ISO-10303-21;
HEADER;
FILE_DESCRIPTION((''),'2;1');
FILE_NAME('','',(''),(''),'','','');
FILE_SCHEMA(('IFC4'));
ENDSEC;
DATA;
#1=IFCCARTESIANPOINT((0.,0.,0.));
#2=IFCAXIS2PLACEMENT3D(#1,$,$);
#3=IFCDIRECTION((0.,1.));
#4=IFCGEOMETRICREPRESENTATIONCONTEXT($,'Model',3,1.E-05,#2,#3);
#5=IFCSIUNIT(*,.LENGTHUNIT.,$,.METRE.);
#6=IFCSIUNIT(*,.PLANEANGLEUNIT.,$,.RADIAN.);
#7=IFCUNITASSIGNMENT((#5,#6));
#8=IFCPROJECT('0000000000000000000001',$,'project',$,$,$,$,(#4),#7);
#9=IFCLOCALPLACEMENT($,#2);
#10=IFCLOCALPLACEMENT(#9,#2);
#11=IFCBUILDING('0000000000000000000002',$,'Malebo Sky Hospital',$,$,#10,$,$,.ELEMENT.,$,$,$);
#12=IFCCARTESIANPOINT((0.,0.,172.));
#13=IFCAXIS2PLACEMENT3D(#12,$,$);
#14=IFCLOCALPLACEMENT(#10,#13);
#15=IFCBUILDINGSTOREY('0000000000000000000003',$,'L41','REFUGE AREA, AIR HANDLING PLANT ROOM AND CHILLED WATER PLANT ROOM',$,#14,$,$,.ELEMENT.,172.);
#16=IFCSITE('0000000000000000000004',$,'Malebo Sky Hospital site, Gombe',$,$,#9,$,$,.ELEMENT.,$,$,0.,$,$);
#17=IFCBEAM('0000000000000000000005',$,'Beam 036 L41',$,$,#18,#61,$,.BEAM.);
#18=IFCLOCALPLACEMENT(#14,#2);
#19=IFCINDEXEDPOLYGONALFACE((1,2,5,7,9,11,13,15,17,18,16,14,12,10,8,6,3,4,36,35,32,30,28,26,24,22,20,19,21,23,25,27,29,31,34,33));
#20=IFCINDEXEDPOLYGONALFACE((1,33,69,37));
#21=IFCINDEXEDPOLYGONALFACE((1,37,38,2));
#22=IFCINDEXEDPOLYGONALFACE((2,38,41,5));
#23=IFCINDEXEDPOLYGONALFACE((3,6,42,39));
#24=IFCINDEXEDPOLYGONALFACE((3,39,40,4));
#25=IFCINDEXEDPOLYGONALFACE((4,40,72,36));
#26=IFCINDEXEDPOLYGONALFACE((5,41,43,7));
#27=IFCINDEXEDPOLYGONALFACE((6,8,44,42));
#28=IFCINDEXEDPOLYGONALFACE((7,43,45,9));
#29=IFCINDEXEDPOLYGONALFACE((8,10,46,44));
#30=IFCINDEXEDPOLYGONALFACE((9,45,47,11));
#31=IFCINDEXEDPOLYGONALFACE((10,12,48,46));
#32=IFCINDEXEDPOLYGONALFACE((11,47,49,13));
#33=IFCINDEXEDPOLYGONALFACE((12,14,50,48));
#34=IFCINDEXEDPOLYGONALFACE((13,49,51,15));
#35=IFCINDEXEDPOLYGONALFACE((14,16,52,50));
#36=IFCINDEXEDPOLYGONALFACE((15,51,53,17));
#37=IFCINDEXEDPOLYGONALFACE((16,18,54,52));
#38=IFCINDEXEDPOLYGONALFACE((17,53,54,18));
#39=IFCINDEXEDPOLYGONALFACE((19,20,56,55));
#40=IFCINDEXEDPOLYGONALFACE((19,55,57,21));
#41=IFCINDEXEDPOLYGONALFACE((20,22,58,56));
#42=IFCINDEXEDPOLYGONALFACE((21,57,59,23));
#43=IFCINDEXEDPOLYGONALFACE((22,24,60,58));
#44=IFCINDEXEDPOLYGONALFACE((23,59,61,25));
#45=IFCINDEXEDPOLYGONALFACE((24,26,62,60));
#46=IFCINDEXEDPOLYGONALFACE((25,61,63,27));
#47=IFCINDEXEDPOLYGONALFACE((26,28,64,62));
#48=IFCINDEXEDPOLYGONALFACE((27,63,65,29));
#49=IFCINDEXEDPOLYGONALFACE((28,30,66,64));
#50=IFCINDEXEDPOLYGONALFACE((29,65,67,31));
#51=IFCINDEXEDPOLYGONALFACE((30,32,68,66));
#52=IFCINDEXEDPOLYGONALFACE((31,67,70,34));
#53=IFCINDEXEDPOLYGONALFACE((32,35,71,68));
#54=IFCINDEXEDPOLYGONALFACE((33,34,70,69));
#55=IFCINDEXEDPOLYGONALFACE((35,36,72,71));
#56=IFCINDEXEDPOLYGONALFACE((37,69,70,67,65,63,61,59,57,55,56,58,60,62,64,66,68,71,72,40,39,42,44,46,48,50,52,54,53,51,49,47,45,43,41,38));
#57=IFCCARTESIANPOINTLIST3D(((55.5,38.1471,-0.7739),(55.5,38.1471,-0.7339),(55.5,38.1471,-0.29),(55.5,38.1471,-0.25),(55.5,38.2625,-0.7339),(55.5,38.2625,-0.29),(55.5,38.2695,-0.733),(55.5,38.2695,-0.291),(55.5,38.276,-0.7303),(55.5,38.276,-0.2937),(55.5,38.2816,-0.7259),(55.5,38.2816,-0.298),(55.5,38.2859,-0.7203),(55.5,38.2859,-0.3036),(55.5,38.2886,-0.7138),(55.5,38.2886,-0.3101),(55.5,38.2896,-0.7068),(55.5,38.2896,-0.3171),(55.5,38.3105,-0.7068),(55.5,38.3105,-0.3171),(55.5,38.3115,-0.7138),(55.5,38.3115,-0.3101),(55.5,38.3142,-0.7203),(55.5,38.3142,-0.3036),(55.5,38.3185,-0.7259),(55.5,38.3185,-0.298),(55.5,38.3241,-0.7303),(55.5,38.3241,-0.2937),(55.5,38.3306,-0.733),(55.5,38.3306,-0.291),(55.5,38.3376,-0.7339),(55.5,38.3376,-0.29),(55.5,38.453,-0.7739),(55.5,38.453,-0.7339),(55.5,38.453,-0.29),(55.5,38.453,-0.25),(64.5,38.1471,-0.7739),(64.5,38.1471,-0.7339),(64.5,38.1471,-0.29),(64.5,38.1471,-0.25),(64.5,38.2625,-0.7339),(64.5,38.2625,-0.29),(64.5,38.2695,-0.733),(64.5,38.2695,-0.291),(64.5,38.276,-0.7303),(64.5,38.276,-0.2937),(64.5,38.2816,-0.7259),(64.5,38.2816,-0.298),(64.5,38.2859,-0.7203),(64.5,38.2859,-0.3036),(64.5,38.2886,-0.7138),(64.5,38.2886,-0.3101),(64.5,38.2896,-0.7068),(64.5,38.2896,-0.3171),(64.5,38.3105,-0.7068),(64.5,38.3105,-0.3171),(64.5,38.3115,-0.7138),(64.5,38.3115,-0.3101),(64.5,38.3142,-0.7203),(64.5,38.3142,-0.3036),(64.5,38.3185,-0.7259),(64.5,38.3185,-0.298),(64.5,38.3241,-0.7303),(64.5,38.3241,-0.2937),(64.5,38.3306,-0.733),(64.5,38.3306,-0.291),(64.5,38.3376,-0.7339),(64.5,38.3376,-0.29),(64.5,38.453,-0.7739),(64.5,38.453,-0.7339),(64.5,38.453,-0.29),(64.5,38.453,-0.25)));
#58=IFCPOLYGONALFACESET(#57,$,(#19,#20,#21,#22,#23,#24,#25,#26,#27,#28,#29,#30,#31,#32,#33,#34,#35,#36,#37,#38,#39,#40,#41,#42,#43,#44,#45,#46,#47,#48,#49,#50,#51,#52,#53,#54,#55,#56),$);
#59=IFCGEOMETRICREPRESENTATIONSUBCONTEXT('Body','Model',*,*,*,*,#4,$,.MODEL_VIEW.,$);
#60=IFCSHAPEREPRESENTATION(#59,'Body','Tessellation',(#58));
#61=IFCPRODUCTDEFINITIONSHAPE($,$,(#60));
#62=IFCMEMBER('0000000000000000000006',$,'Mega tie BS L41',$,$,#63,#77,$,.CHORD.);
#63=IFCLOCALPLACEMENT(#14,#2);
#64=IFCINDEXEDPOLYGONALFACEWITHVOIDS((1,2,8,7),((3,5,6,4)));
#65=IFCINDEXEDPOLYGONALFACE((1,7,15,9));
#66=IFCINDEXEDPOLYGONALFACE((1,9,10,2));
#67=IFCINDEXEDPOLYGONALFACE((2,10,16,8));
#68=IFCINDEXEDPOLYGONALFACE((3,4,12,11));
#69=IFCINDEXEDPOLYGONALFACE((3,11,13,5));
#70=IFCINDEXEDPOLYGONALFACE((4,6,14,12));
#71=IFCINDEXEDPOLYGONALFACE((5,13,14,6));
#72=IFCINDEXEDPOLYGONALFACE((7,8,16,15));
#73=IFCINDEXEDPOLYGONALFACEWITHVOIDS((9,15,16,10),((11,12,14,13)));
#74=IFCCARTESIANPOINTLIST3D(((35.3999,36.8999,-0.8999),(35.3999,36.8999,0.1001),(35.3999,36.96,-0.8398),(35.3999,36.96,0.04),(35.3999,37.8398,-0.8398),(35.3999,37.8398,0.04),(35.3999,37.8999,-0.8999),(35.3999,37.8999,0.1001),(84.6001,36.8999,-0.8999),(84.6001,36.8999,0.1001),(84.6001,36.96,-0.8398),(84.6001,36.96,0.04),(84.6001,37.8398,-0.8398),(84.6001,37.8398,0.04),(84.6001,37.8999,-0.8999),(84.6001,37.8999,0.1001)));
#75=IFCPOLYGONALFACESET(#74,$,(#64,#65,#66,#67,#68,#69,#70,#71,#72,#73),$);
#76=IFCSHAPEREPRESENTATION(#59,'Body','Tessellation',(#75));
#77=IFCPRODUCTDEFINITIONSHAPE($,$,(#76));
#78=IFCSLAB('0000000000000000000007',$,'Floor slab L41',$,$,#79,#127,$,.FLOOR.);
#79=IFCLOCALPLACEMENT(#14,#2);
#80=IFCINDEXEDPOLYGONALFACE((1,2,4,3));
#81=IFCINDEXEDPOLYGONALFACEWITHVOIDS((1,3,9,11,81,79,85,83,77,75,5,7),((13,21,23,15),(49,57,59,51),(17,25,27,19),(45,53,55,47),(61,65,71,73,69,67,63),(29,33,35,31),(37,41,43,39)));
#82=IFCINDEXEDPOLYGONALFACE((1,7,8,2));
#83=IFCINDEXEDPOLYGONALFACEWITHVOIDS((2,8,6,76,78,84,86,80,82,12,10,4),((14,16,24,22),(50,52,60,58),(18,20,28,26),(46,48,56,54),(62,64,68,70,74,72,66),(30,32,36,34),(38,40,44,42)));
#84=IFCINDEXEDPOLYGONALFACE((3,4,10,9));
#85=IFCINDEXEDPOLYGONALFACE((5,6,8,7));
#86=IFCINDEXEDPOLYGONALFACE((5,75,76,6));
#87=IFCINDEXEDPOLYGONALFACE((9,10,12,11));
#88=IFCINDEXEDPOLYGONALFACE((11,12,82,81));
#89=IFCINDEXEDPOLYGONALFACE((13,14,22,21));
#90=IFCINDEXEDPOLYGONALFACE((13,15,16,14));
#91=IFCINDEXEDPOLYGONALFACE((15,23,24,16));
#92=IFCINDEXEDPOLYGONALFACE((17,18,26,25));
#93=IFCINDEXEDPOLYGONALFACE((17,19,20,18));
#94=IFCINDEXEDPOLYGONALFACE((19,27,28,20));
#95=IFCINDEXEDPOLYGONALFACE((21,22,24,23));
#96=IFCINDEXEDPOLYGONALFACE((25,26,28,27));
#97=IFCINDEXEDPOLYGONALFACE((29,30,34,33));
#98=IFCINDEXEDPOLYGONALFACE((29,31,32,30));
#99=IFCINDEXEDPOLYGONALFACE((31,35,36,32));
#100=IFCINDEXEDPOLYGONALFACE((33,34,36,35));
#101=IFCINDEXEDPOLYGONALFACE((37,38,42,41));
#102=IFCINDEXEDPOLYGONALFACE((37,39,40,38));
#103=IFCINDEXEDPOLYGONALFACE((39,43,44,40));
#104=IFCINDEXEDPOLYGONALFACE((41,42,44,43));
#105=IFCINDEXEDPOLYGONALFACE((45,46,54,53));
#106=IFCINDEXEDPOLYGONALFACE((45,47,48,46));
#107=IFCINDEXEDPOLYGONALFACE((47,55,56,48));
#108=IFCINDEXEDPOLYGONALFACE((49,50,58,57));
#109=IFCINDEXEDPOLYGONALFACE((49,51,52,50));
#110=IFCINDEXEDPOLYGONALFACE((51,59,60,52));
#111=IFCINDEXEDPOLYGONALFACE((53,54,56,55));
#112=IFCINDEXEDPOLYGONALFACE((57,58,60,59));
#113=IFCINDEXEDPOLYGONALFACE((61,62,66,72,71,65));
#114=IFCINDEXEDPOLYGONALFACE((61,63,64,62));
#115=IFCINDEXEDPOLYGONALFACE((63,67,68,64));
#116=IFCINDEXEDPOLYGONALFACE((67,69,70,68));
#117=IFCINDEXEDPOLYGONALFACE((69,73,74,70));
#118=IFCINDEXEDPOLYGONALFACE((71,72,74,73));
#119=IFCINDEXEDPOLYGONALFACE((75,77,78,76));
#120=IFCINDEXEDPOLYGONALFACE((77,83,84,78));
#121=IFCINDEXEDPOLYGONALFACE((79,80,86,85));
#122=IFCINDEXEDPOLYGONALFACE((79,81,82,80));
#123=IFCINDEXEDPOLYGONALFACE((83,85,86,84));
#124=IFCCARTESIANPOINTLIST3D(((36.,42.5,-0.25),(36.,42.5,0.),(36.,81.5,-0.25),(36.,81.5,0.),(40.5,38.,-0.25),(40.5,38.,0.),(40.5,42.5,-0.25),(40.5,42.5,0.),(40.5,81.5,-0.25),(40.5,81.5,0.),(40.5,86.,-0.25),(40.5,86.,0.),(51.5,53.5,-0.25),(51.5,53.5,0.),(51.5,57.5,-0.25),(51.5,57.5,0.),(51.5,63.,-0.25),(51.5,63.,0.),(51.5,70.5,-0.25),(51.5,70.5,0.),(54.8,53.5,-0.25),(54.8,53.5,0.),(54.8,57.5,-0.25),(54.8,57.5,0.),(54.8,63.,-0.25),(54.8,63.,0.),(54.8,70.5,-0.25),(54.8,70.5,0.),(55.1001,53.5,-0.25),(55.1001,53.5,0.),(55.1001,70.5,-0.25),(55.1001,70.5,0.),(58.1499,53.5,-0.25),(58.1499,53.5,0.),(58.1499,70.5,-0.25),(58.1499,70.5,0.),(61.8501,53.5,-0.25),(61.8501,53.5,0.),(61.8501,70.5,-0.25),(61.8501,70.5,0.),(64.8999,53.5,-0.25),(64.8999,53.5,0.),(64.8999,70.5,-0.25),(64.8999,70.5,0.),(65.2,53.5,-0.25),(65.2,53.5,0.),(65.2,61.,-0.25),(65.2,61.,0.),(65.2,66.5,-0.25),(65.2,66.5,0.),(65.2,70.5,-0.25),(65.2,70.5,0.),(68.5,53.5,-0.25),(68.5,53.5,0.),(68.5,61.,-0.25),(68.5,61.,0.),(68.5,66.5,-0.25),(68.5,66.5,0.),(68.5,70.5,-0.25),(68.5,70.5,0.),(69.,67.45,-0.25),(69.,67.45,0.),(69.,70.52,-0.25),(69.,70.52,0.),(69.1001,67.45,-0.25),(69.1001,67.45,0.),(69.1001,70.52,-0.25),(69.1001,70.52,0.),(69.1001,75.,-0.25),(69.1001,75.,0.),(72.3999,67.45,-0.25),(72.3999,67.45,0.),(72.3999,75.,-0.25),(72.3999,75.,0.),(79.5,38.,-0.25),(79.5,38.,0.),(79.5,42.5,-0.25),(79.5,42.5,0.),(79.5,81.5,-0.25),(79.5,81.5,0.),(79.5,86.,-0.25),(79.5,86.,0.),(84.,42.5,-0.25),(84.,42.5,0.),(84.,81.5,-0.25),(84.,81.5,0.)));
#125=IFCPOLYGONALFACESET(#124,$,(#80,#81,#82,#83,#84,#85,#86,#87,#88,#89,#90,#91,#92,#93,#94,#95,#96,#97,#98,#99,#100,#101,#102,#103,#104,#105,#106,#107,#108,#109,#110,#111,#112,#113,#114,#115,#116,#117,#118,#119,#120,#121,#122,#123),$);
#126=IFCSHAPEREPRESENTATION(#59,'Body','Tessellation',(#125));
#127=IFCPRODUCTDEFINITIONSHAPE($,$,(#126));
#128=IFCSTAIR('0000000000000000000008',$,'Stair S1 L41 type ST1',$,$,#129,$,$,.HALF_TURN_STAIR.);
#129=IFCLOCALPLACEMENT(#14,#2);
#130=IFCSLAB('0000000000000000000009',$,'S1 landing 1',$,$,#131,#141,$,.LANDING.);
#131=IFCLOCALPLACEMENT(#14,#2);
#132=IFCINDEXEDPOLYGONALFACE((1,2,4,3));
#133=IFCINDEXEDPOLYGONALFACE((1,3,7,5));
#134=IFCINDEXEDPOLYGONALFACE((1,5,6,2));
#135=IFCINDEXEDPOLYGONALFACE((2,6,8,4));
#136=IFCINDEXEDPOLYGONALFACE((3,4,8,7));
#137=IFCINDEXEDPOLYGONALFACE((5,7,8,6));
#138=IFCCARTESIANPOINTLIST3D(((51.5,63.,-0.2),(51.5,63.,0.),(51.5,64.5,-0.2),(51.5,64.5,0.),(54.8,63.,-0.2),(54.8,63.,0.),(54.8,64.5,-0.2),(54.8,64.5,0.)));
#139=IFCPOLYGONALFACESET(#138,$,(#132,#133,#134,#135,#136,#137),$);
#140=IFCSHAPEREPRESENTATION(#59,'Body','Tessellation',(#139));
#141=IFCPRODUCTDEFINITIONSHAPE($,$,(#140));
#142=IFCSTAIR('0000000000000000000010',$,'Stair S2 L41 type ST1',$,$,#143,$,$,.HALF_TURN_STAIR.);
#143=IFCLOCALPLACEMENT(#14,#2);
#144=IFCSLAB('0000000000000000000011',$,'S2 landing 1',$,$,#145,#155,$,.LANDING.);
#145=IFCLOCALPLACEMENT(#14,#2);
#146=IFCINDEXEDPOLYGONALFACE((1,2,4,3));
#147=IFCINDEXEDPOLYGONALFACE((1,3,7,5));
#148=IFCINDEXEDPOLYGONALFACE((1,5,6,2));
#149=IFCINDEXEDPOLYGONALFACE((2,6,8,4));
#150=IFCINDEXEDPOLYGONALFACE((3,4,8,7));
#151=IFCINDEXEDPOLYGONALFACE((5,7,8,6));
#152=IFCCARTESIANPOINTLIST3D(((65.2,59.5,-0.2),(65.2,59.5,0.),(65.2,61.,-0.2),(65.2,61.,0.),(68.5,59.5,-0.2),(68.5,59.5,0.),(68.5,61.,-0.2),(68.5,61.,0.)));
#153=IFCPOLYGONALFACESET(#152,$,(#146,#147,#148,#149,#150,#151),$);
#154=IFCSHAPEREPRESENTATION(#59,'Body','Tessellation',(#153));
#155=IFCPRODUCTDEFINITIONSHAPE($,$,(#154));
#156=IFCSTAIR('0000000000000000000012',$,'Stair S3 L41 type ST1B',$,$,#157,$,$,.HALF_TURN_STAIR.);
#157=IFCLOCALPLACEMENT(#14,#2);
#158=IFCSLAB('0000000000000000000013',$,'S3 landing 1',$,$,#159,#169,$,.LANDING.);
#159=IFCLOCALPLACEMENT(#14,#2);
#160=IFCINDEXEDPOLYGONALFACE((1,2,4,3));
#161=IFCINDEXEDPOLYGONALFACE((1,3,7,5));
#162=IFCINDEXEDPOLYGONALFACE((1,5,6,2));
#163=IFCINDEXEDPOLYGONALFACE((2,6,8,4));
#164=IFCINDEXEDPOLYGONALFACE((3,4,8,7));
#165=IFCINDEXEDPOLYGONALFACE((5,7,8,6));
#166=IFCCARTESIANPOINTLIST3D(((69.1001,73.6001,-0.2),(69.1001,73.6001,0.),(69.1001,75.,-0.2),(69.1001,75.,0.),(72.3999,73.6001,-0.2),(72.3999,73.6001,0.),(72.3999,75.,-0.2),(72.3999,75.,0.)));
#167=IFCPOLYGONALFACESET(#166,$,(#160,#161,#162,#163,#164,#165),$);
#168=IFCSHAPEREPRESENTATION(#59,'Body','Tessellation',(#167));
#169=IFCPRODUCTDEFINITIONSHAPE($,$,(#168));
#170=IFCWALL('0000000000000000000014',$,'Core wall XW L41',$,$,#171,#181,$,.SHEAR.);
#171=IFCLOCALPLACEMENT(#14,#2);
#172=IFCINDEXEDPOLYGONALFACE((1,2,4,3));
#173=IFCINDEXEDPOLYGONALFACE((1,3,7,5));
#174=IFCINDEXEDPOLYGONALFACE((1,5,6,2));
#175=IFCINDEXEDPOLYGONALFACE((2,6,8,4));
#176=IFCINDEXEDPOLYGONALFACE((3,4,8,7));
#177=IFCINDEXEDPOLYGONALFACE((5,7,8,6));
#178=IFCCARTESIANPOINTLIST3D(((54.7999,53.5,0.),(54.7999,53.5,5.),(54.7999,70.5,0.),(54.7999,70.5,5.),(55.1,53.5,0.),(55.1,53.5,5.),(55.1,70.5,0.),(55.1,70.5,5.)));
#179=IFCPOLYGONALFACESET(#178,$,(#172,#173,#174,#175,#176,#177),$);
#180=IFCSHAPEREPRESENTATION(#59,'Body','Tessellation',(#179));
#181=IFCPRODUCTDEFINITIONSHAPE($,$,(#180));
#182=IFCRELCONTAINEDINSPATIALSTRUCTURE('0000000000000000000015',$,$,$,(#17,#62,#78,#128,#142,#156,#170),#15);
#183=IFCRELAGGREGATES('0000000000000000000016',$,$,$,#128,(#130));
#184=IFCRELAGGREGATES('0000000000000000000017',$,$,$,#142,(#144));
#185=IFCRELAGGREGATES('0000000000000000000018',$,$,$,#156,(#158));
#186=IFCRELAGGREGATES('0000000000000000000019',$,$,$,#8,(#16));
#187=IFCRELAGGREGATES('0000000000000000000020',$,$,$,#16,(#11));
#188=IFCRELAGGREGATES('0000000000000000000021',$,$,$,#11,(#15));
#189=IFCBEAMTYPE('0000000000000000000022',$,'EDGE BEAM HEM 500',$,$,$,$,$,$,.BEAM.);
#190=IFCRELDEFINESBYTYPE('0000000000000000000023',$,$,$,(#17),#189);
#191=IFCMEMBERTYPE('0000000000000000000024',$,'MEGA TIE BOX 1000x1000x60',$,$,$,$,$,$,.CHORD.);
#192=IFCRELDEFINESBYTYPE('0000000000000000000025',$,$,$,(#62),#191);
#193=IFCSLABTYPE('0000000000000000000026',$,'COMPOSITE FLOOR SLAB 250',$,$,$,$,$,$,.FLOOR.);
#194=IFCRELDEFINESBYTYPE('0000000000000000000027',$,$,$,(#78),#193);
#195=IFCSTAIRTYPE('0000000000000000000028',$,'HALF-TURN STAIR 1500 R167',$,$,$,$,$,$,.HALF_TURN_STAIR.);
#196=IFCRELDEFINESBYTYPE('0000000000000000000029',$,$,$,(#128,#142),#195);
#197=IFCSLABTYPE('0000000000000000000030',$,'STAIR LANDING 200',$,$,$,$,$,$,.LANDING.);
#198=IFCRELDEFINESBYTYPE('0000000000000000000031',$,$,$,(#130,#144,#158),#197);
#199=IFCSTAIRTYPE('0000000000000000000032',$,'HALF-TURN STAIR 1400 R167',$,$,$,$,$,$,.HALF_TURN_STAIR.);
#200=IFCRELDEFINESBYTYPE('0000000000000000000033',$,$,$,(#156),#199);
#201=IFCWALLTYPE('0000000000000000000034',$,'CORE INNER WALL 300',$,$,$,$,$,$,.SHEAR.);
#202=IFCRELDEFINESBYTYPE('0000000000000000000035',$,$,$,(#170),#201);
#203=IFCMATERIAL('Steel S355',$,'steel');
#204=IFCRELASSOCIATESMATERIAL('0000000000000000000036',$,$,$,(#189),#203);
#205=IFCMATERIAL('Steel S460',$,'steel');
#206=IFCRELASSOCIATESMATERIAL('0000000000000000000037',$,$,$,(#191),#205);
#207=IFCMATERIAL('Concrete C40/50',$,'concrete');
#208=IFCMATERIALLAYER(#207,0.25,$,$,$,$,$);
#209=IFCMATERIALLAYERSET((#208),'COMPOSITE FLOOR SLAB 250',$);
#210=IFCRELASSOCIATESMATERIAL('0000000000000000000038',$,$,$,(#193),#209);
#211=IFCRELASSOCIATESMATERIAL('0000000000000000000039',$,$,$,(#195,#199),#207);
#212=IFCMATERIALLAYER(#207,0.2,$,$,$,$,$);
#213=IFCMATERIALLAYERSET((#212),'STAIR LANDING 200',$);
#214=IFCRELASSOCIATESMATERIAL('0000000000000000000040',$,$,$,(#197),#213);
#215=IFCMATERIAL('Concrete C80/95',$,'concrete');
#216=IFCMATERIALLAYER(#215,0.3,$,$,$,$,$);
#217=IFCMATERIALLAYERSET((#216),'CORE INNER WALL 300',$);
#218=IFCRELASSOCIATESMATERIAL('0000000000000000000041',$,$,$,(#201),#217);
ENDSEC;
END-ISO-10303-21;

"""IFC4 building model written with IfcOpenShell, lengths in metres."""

from ifc_helpers import new_model, si_unit, direction, frame, frame_2d, origin, origin_2d, place, context, subcontext, project, spatial, polyline, rectangle, hollow_rectangle, i_section, outline, extrude, material, layer, layer_set, material_profile, profile_set, type_object, element, aggregate, save


model = new_model("IFC4")

# Units and contexts
model_context = context("Model", 3, precision=1e-05, world=origin(), true_north=direction((0.0, 1.0)))
body_context = subcontext(model_context, "Body", "Model", "MODEL_VIEW")
ifc_project = project(units=[si_unit("LENGTHUNIT", "METRE"), si_unit("PLANEANGLEUNIT", "RADIAN")], contexts=[model_context])

# Site, building, storey
site_placement = place(None, origin())
site = spatial("IfcSite", under=ifc_project, at=site_placement, Name="Malebo Sky Hospital site, Gombe", CompositionType="ELEMENT", RefElevation=0.0)
building_placement = place(site_placement, origin())
building = spatial("IfcBuilding", under=site, at=building_placement, Name="Malebo Sky Hospital", CompositionType="ELEMENT")
storey_placement = place(building_placement, frame((0.0, 0.0, 172.0)))
storey = spatial("IfcBuildingStorey", under=building, at=storey_placement, Name="L41", Description="REFUGE AREA, AIR HANDLING PLANT ROOM AND CHILLED WATER PLANT ROOM", CompositionType="ELEMENT", Elevation=172.0)

# Shared definitions
ifc_material_1 = material(Name="Steel S460", Category="steel")

# Beam
ifc_material_2 = material(Name="Steel S355", Category="steel")
ifc_material_profile_1 = material_profile(ifc_material_2, i_section(OverallWidth=0.3059, OverallDepth=0.5239, WebThickness=0.021, FlangeThickness=0.04, FilletRadius=0.0271, at=origin_2d()), Name="HEM 500")
ifc_profile_set_1 = profile_set([ifc_material_profile_1], Name="Steel S355")
beam_type = type_object("IfcBeamType", Name="EDGE BEAM HEM 500", PredefinedType="BEAM", material=ifc_profile_set_1)
for number, where, z_axis, x_axis, name in (
    (1, (55.5, 38.3, -0.512), (1.0, 0.0, 0.0), (0.0, 1.0, 0.0), "Beam 036 L41"),
):
    element("IfcBeam", number, at=place(storey_placement, frame(where, z_axis=z_axis, x_axis=x_axis)), inside=storey, type_object=beam_type, Name=name, PredefinedType="BEAM", context=body_context, shape_type="SweptSolid", body=[
        extrude(i_section(OverallWidth=0.3059, OverallDepth=0.5239, WebThickness=0.021, FlangeThickness=0.04, FilletRadius=0.0271, at=origin_2d()), origin(), (0.0, 0.0, 1.0), 9.0),
    ])

# Member
ifc_material_profile_2 = material_profile(ifc_material_1, hollow_rectangle(XDim=1.0, YDim=1.0, WallThickness=0.0601, at=origin_2d()), Name="BOX 1000x1000x60")
ifc_profile_set_2 = profile_set([ifc_material_profile_2], Name="Steel S460")
member_type_1 = type_object("IfcMemberType", Name="MEGA TIE BOX 1000x1000x60", PredefinedType="CHORD", material=ifc_profile_set_2)
member_1_placement = place(storey_placement, frame((35.3999, 37.3999, -0.3999), z_axis=(1.0, 0.0, 0.0), x_axis=(0.0, 1.0, 0.0)))
element("IfcMember", 2, at=member_1_placement, inside=storey, type_object=member_type_1, Name="Mega tie BS L41", PredefinedType="CHORD", context=body_context, shape_type="SweptSolid", body=[
    extrude(hollow_rectangle(XDim=1.0, YDim=1.0, WallThickness=0.0601, at=origin_2d()), origin(), (0.0, 0.0, 1.0), 49.2002),
])

# Slab
ifc_material_3 = material(Name="Concrete C40/50", Category="concrete")
ifc_layer_1 = layer(ifc_material_3, 0.25)
ifc_layer_set_1 = layer_set([ifc_layer_1], Name="COMPOSITE FLOOR SLAB 250")
slab_type_1 = type_object("IfcSlabType", Name="COMPOSITE FLOOR SLAB 250", PredefinedType="FLOOR", material=ifc_layer_set_1)
slab_1_placement = place(storey_placement, frame((0.0, 0.0, -0.25)))
element("IfcSlab", 3, at=slab_1_placement, inside=storey, type_object=slab_type_1, Name="Floor slab L41", PredefinedType="FLOOR", context=body_context, shape_type="SweptSolid", body=[
    extrude(outline(polyline([(40.5, 86.0), (40.5, 81.5), (36.0, 81.5), (36.0, 42.5), (40.5, 42.5), (40.5, 38.0), (79.5, 38.0), (79.5, 42.5), (84.0, 42.5), (84.0, 81.5), (79.5, 81.5), (79.5, 86.0), (40.5, 86.0)]), holes=[polyline([(55.1001, 70.5), (58.1499, 70.5), (58.1499, 53.5), (55.1001, 53.5), (55.1001, 70.5)]), polyline([(64.8999, 70.5), (64.8999, 53.5), (61.8501, 53.5), (61.8501, 70.5), (64.8999, 70.5)]), polyline([(54.8, 63.0), (51.5, 63.0), (51.5, 70.5), (54.8, 70.5), (54.8, 63.0)]), polyline([(51.5, 53.5), (51.5, 57.5), (54.8, 57.5), (54.8, 53.5), (51.5, 53.5)]), polyline([(65.2, 61.0), (68.5, 61.0), (68.5, 53.5), (65.2, 53.5), (65.2, 61.0)]), polyline([(68.5, 70.5), (68.5, 66.5), (65.2, 66.5), (65.2, 70.5), (68.5, 70.5)]), polyline([(69.0, 67.45), (69.0, 70.52), (69.1001, 70.52), (69.1001, 75.0), (72.3999, 75.0), (72.3999, 67.45), (69.1001, 67.45), (69.0, 67.45)])]), origin(), (0.0, 0.0, 1.0), 0.25),
])

# Stairs, slabs
stair_type_1 = type_object("IfcStairType", Name="HALF-TURN STAIR 1500 R167", PredefinedType="HALF_TURN_STAIR", material=ifc_material_3)
stair_1_placement = place(storey_placement, origin())
stair_1 = element("IfcStair", 4, at=stair_1_placement, inside=storey, type_object=stair_type_1, Name="Stair S1 L41 type ST1", PredefinedType="HALF_TURN_STAIR")
ifc_layer_2 = layer(ifc_material_3, 0.2)
ifc_layer_set_2 = layer_set([ifc_layer_2], Name="STAIR LANDING 200")
slab_type_2 = type_object("IfcSlabType", Name="STAIR LANDING 200", PredefinedType="LANDING", material=ifc_layer_set_2)
slab_2_placement = place(storey_placement, frame((0.0, 0.0, -0.2)))
slab_2 = element("IfcSlab", 5, at=slab_2_placement, type_object=slab_type_2, Name="S1 landing 1", PredefinedType="LANDING", context=body_context, shape_type="SweptSolid", body=[
    extrude(outline(polyline([(51.5, 63.0), (54.8, 63.0), (54.8, 64.5), (51.5, 64.5), (51.5, 63.0)])), origin(), (0.0, 0.0, 1.0), 0.2),
])
aggregate(stair_1, [slab_2])
stair_2_placement = place(storey_placement, origin())
stair_2 = element("IfcStair", 6, at=stair_2_placement, inside=storey, type_object=stair_type_1, Name="Stair S2 L41 type ST1", PredefinedType="HALF_TURN_STAIR")
slab_3_placement = place(storey_placement, frame((0.0, 0.0, -0.2)))
slab_3 = element("IfcSlab", 7, at=slab_3_placement, type_object=slab_type_2, Name="S2 landing 1", PredefinedType="LANDING", context=body_context, shape_type="SweptSolid", body=[
    extrude(outline(polyline([(65.2, 59.5), (68.5, 59.5), (68.5, 61.0), (65.2, 61.0), (65.2, 59.5)])), origin(), (0.0, 0.0, 1.0), 0.2),
])
aggregate(stair_2, [slab_3])
stair_type_2 = type_object("IfcStairType", Name="HALF-TURN STAIR 1400 R167", PredefinedType="HALF_TURN_STAIR", material=ifc_material_3)
stair_3_placement = place(storey_placement, origin())
stair_3 = element("IfcStair", 8, at=stair_3_placement, inside=storey, type_object=stair_type_2, Name="Stair S3 L41 type ST1B", PredefinedType="HALF_TURN_STAIR")
slab_4_placement = place(storey_placement, frame((0.0, 0.0, -0.2)))
slab_4 = element("IfcSlab", 9, at=slab_4_placement, type_object=slab_type_2, Name="S3 landing 1", PredefinedType="LANDING", context=body_context, shape_type="SweptSolid", body=[
    extrude(outline(polyline([(69.1001, 73.6001), (72.3999, 73.6001), (72.3999, 75.0), (69.1001, 75.0), (69.1001, 73.6001)])), origin(), (0.0, 0.0, 1.0), 0.2),
])
aggregate(stair_3, [slab_4])

# Wall
ifc_material_4 = material(Name="Concrete C80/95", Category="concrete")
ifc_layer_3 = layer(ifc_material_4, 0.3)
ifc_layer_set_3 = layer_set([ifc_layer_3], Name="CORE INNER WALL 300")
wall_type_1 = type_object("IfcWallType", Name="CORE INNER WALL 300", PredefinedType="SHEAR", material=ifc_layer_set_3)
wall_1_placement = place(storey_placement, frame((54.95, 53.5, 0.0), z_axis=(0.0, 0.0, 1.0), x_axis=(0.0, 1.0, 0.0)))
element("IfcWall", 10, at=wall_1_placement, inside=storey, type_object=wall_type_1, Name="Core wall XW L41", PredefinedType="SHEAR", context=body_context, shape_type="SweptSolid", body=[
    extrude(rectangle(XDim=17.0, YDim=0.3, at=frame_2d((8.5, 0.0))), origin(), (0.0, 0.0, 1.0), 5.0),
])

save(model, "model.ifc")
